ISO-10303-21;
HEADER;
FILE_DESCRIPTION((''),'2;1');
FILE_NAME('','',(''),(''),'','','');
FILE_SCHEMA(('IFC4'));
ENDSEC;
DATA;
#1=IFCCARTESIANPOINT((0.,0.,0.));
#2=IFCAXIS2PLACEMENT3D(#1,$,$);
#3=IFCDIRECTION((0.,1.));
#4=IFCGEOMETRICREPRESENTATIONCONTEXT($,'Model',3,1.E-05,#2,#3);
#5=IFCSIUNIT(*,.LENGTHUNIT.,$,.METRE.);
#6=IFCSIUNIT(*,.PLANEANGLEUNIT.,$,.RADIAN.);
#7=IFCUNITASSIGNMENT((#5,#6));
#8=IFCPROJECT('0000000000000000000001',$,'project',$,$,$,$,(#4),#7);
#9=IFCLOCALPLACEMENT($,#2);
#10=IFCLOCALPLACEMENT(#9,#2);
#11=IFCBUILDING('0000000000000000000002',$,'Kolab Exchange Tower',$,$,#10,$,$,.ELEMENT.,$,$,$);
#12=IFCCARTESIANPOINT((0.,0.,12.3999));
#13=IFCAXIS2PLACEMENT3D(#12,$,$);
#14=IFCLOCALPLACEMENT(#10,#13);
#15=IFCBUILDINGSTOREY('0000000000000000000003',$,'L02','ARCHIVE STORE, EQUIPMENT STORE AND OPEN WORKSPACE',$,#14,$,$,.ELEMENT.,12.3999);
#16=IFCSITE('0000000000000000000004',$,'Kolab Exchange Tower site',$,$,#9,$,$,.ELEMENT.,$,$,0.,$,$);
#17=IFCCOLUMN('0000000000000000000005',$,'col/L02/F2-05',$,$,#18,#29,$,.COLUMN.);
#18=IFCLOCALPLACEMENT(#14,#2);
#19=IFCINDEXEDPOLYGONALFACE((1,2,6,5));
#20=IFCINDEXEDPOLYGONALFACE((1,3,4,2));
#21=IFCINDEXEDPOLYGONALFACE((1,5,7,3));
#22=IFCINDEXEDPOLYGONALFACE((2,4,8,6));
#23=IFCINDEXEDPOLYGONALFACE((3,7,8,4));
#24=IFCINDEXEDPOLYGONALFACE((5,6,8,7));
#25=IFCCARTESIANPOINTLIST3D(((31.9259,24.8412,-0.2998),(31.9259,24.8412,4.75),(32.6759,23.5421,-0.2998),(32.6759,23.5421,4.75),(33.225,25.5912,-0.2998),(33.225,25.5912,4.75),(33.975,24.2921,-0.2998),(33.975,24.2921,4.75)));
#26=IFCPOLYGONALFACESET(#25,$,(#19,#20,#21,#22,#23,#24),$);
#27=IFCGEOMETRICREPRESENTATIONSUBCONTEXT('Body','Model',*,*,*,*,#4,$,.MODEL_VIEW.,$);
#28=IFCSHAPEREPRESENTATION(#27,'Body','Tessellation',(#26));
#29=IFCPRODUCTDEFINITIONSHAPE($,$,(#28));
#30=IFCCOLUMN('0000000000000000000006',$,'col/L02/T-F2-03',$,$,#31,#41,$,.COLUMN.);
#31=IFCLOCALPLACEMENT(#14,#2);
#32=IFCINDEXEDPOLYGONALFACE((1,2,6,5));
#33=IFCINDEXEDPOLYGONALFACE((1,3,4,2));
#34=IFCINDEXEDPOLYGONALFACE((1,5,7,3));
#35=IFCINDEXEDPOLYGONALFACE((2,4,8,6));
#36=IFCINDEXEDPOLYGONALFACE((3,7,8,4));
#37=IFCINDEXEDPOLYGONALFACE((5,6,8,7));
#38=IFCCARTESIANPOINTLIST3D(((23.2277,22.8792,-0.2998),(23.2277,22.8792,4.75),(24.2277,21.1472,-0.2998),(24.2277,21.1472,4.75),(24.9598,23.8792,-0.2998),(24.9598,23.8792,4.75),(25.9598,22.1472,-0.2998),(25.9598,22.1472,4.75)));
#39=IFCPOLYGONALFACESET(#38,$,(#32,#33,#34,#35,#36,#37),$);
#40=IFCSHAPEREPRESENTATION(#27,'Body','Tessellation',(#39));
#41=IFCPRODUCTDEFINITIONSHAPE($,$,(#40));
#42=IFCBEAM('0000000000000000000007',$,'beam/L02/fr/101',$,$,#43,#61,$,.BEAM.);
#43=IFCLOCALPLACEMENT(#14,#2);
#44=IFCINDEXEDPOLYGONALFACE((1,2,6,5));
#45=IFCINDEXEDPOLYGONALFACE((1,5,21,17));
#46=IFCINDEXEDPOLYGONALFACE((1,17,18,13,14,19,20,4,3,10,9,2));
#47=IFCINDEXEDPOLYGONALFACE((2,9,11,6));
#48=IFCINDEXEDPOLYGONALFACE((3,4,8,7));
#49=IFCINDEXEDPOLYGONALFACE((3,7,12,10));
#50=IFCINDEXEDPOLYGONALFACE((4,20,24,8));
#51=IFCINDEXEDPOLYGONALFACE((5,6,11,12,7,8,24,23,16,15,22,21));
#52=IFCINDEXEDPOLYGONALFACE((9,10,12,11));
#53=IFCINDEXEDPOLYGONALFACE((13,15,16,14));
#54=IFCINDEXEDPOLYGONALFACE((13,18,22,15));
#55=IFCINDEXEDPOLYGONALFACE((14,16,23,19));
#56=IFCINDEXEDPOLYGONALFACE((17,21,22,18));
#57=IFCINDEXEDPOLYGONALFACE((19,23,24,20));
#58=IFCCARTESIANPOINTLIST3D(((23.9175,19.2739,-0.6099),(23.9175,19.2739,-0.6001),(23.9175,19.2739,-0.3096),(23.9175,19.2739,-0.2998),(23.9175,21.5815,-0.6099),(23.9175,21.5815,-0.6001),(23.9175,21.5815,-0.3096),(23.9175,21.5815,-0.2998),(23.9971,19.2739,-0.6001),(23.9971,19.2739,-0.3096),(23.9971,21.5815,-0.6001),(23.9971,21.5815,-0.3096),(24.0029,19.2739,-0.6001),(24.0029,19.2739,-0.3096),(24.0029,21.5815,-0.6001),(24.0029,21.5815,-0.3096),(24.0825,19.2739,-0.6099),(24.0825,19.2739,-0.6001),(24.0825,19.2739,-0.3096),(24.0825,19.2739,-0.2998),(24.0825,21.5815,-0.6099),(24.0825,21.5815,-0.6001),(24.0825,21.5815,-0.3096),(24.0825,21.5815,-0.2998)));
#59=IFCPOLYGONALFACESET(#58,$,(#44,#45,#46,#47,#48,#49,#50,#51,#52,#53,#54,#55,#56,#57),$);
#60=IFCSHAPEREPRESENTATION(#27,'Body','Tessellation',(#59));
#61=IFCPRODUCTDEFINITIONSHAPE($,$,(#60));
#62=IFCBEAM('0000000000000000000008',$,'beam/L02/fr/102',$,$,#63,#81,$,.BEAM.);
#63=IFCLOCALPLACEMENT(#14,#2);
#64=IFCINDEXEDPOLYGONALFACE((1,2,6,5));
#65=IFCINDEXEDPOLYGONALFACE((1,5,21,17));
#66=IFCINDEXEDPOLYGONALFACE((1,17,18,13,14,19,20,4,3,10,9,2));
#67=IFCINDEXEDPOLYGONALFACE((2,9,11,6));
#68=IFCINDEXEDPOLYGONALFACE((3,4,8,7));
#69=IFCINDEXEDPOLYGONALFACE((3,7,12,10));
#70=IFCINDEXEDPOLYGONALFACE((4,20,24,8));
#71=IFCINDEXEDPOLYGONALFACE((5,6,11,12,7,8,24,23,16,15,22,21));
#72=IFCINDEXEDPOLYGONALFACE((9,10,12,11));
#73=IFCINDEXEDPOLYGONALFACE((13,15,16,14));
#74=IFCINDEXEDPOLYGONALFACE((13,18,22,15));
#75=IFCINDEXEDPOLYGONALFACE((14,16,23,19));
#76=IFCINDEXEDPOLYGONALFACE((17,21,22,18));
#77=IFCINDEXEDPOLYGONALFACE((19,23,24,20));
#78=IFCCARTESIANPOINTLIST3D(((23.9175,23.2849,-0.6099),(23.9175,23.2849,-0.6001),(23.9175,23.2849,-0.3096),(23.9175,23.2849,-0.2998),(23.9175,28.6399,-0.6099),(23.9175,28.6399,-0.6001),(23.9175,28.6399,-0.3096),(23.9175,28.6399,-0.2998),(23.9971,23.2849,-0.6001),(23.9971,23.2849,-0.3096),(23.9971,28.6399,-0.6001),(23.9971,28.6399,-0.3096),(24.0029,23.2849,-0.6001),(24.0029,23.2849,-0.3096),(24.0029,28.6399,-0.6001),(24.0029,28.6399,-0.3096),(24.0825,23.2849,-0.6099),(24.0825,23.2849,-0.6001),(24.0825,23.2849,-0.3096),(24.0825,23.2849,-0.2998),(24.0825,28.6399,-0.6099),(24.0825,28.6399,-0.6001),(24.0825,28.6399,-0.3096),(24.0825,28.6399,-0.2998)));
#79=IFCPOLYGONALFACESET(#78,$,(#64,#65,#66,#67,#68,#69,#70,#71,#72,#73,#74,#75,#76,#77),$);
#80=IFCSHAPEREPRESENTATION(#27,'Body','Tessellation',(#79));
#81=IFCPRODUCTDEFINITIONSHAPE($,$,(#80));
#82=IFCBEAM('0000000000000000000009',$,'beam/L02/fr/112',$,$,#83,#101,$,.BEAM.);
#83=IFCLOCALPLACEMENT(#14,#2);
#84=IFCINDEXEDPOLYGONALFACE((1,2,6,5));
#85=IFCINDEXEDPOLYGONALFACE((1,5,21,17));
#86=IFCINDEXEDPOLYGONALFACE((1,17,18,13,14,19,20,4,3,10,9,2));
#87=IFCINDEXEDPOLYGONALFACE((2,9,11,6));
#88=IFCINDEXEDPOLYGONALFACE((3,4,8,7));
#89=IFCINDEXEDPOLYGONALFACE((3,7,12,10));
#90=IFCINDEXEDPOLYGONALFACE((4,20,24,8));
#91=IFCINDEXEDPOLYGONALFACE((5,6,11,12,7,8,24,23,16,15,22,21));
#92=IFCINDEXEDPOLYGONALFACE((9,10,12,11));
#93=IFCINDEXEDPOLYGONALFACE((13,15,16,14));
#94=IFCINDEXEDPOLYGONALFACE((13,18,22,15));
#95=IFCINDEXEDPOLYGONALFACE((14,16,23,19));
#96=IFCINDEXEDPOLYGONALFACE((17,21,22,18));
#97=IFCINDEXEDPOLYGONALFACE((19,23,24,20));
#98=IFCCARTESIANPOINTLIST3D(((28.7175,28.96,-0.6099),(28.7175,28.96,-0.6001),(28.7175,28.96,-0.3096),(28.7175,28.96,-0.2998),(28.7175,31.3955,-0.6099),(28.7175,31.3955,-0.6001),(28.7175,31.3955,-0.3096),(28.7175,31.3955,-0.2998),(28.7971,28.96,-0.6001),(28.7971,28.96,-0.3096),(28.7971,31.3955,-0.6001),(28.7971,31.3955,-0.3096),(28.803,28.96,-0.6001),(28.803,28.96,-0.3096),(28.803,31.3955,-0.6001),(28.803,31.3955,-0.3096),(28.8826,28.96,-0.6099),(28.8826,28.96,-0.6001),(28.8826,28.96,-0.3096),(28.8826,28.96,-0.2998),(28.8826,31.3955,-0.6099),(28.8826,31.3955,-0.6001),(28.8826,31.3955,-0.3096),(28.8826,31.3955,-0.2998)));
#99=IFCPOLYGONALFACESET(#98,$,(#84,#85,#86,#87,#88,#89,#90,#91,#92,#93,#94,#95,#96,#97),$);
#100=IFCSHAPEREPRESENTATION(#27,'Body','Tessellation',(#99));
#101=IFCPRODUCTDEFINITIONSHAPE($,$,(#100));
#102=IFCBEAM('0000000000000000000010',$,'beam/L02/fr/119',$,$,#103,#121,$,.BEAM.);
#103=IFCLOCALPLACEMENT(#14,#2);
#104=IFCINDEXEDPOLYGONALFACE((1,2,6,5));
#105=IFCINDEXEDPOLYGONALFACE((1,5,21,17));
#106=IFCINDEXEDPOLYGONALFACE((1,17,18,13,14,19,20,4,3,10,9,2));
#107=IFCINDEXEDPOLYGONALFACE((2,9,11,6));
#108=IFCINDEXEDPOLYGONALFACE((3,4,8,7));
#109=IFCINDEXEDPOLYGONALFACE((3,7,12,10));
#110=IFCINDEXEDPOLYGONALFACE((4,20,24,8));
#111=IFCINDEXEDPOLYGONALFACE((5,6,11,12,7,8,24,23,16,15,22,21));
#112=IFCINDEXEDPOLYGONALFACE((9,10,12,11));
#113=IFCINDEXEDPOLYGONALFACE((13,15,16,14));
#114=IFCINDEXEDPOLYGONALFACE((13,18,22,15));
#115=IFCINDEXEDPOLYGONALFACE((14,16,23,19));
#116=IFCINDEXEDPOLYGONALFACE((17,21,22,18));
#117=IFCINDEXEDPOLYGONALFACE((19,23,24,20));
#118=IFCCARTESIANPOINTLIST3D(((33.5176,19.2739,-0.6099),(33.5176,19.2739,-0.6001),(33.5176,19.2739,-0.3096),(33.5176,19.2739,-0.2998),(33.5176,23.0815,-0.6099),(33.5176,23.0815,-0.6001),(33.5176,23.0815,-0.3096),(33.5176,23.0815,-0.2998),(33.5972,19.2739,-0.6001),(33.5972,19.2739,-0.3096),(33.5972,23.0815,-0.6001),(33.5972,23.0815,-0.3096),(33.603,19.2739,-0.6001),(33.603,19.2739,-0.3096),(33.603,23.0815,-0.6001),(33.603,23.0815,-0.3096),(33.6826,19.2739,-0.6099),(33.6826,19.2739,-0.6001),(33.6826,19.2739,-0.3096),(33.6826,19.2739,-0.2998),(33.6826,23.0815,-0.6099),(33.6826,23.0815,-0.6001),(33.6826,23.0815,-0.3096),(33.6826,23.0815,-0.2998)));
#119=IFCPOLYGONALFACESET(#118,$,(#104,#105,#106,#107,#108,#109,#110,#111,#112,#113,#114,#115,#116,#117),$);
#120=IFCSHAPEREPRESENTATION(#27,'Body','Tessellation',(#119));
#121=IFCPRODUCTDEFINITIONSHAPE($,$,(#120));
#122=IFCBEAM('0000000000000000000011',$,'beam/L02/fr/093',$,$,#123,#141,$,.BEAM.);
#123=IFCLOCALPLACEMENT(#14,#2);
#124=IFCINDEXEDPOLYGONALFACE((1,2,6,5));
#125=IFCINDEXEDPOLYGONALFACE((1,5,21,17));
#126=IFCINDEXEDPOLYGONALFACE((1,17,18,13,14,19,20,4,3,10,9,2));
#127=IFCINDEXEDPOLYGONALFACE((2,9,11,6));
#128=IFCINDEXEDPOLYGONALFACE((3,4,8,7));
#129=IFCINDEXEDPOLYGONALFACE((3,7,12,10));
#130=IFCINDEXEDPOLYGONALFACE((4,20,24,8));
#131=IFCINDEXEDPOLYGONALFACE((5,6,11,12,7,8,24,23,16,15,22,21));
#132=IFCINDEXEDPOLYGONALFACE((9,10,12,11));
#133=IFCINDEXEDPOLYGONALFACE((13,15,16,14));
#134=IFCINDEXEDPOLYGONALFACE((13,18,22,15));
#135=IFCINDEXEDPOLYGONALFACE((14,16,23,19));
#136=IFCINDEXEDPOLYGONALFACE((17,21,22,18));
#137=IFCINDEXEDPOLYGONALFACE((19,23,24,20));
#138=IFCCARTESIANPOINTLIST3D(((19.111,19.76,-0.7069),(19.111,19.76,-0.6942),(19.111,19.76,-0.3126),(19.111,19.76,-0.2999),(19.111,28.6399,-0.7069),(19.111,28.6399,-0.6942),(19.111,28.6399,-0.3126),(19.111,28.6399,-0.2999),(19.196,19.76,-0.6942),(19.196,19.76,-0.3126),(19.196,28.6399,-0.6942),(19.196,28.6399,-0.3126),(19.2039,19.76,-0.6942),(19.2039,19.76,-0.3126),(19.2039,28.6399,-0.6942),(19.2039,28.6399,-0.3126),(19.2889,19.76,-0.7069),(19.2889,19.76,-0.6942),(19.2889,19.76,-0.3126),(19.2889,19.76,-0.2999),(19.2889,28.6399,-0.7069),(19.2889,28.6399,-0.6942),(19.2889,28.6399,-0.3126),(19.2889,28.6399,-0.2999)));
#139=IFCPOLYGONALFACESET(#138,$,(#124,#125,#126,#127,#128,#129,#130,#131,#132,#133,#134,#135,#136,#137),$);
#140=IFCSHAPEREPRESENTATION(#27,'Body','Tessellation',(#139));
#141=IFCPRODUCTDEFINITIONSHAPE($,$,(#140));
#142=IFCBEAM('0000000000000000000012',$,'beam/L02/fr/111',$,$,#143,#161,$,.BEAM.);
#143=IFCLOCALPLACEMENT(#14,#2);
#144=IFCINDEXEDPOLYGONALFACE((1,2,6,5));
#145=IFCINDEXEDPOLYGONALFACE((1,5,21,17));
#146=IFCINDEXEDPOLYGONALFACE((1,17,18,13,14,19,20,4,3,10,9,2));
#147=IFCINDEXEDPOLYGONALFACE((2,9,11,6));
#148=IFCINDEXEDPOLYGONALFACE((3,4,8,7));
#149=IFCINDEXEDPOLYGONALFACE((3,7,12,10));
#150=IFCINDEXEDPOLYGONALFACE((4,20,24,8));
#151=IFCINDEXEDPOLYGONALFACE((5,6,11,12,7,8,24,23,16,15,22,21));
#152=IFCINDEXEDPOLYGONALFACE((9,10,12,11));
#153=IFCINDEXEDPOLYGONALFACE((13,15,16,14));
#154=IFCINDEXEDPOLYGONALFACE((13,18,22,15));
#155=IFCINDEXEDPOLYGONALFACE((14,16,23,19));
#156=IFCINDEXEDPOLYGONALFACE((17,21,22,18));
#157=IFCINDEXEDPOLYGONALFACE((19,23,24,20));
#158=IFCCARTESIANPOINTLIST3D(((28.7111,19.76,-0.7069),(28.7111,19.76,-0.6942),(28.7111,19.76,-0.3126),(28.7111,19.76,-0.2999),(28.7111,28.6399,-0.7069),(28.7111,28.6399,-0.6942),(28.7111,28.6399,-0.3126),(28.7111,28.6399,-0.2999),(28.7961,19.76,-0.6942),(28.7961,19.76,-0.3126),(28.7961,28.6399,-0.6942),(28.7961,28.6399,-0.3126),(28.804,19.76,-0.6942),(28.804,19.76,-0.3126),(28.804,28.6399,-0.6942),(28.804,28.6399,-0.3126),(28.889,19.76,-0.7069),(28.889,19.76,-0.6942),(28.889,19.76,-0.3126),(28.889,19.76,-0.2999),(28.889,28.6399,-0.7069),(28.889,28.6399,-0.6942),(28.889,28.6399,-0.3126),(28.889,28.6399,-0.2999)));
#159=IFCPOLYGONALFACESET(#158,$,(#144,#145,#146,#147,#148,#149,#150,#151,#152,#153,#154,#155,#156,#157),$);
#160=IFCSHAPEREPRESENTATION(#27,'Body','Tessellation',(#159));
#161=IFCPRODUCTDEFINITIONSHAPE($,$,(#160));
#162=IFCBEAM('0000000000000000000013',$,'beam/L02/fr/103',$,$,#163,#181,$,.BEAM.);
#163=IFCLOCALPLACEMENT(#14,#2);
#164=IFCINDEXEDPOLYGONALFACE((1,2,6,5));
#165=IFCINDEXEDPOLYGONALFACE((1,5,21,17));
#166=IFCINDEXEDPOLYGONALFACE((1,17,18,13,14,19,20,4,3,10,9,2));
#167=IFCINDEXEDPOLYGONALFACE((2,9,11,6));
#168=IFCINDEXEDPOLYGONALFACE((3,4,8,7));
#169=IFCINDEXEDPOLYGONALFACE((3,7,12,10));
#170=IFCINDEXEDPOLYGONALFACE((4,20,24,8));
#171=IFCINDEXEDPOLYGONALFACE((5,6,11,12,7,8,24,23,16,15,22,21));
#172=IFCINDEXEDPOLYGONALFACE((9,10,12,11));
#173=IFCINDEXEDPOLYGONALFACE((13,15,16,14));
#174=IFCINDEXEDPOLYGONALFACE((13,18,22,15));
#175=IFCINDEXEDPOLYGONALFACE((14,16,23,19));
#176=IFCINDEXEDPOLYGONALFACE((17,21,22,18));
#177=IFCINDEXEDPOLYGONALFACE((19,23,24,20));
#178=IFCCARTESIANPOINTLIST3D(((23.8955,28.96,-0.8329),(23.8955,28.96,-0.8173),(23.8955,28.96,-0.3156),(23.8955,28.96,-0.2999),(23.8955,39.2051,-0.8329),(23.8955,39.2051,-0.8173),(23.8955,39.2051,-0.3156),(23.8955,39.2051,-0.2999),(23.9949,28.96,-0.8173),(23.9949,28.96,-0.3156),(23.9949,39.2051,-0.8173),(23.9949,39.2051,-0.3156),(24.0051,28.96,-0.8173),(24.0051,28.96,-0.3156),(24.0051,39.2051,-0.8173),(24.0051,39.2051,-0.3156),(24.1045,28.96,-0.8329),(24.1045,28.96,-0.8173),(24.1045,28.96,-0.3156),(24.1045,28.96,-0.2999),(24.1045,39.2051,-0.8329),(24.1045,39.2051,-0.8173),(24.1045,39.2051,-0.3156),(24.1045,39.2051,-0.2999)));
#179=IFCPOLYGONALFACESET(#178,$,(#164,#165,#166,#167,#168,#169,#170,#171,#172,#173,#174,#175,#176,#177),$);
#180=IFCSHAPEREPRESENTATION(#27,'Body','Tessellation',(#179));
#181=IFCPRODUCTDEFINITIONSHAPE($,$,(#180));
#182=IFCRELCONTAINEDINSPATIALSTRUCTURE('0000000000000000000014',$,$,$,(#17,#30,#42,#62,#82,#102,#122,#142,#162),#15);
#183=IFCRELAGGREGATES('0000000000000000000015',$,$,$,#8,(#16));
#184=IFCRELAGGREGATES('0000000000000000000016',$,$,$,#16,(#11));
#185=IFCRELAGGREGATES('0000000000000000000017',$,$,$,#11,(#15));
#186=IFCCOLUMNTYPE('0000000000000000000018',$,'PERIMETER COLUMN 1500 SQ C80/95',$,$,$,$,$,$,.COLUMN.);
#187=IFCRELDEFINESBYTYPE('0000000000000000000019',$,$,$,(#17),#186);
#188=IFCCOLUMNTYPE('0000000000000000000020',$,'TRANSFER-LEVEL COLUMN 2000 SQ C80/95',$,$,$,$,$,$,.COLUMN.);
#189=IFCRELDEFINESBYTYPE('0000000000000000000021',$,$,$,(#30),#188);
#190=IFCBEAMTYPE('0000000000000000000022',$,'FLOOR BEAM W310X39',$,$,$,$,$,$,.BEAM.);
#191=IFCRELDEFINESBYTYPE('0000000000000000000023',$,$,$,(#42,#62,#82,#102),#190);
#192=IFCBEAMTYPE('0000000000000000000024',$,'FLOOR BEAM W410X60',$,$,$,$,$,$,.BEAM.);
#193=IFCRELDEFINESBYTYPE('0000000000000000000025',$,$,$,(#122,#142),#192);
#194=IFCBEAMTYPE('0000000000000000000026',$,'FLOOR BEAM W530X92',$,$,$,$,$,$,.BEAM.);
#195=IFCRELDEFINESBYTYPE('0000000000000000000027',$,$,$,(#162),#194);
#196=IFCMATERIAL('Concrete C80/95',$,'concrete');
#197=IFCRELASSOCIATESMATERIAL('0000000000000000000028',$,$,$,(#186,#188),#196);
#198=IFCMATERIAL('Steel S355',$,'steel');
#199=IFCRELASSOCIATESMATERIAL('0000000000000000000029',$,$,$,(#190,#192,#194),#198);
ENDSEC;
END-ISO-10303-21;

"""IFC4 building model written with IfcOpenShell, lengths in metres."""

from ifc_helpers import new_model, si_unit, direction, frame, origin, origin_2d, place, context, subcontext, project, spatial, rectangle, i_section, extrude, material, material_profile, profile_set, type_object, element, save


model = new_model("IFC4")

# Units and contexts
model_context = context("Model", 3, precision=1e-05, world=origin(), true_north=direction((0.0, 1.0)))
body_context = subcontext(model_context, "Body", "Model", "MODEL_VIEW")
ifc_project = project(units=[si_unit("LENGTHUNIT", "METRE"), si_unit("PLANEANGLEUNIT", "RADIAN")], contexts=[model_context])

# Site, building, storey
site_placement = place(None, origin())
site = spatial("IfcSite", under=ifc_project, at=site_placement, Name="Kolab Exchange Tower site", CompositionType="ELEMENT", RefElevation=0.0)
building_placement = place(site_placement, origin())
building = spatial("IfcBuilding", under=site, at=building_placement, Name="Kolab Exchange Tower", CompositionType="ELEMENT")
storey_placement = place(building_placement, frame((0.0, 0.0, 12.3999)))
storey = spatial("IfcBuildingStorey", under=building, at=storey_placement, Name="L02", Description="ARCHIVE STORE, EQUIPMENT STORE AND OPEN WORKSPACE", CompositionType="ELEMENT", Elevation=12.3999)

# Columns
ifc_material_1 = material(Name="Concrete C80/95", Category="concrete")
ifc_material_profile_1 = material_profile(ifc_material_1, rectangle(XDim=1.5, YDim=1.5, at=origin_2d()), Name="RC1500")
ifc_profile_set_1 = profile_set([ifc_material_profile_1], Name="Concrete C80/95")
column_type_1 = type_object("IfcColumnType", Name="PERIMETER COLUMN 1500 SQ C80/95", PredefinedType="COLUMN", material=ifc_profile_set_1)
column_1_placement = place(storey_placement, frame((32.9504, 24.5667, -0.2998), z_axis=(0.0, 0.0, 1.0), x_axis=(0.866025, 0.5, 0.0)))
element("IfcColumn", 1, at=column_1_placement, inside=storey, type_object=column_type_1, Name="col/L02/F2-05", PredefinedType="COLUMN", context=body_context, shape_type="SweptSolid", body=[
    extrude(rectangle(XDim=1.5, YDim=1.5, at=origin_2d()), origin(), (0.0, 0.0, 1.0), 5.0498),
])
ifc_material_profile_2 = material_profile(ifc_material_1, rectangle(XDim=2.0, YDim=2.0, at=origin_2d()), Name="RC2000")
ifc_profile_set_2 = profile_set([ifc_material_profile_2], Name="Concrete C80/95")
column_type_2 = type_object("IfcColumnType", Name="TRANSFER-LEVEL COLUMN 2000 SQ C80/95", PredefinedType="COLUMN", material=ifc_profile_set_2)
column_2_placement = place(storey_placement, frame((24.5938, 22.5132, -0.2998), z_axis=(0.0, 0.0, 1.0), x_axis=(0.866025, 0.5, 0.0)))
element("IfcColumn", 2, at=column_2_placement, inside=storey, type_object=column_type_2, Name="col/L02/T-F2-03", PredefinedType="COLUMN", context=body_context, shape_type="SweptSolid", body=[
    extrude(rectangle(XDim=2.0, YDim=2.0, at=origin_2d()), origin(), (0.0, 0.0, 1.0), 5.0498),
])

# Beams
ifc_material_2 = material(Name="Steel S355", Category="steel")
ifc_material_profile_3 = material_profile(ifc_material_2, i_section(OverallWidth=0.165, OverallDepth=0.3101, WebThickness=0.0059, FlangeThickness=0.0098, at=origin_2d()), Name="W310X39")
ifc_profile_set_3 = profile_set([ifc_material_profile_3], Name="Steel S355")
beam_type_1 = type_object("IfcBeamType", Name="FLOOR BEAM W310X39", PredefinedType="BEAM", material=ifc_profile_set_3)
beam_1_placement = place(storey_placement, frame((24.0, 19.2739, -0.4548), z_axis=(0.0, 1.0, 0.0), x_axis=(-1.0, 0.0, 0.0)))
element("IfcBeam", 3, at=beam_1_placement, inside=storey, type_object=beam_type_1, Name="beam/L02/fr/101", PredefinedType="BEAM", context=body_context, shape_type="SweptSolid", body=[
    extrude(i_section(OverallWidth=0.165, OverallDepth=0.3101, WebThickness=0.0059, FlangeThickness=0.0098, at=origin_2d()), origin(), (0.0, 0.0, 1.0), 2.3076),
])
beam_2_placement = place(storey_placement, frame((24.0, 23.2849, -0.4548), z_axis=(0.0, 1.0, 0.0), x_axis=(-1.0, 0.0, 0.0)))
element("IfcBeam", 4, at=beam_2_placement, inside=storey, type_object=beam_type_1, Name="beam/L02/fr/102", PredefinedType="BEAM", context=body_context, shape_type="SweptSolid", body=[
    extrude(i_section(OverallWidth=0.165, OverallDepth=0.3101, WebThickness=0.0059, FlangeThickness=0.0098, at=origin_2d()), origin(), (0.0, 0.0, 1.0), 5.355),
])
beam_3_placement = place(storey_placement, frame((28.8, 28.96, -0.4548), z_axis=(0.0, 1.0, 0.0), x_axis=(-1.0, 0.0, 0.0)))
element("IfcBeam", 5, at=beam_3_placement, inside=storey, type_object=beam_type_1, Name="beam/L02/fr/112", PredefinedType="BEAM", context=body_context, shape_type="SweptSolid", body=[
    extrude(i_section(OverallWidth=0.165, OverallDepth=0.3101, WebThickness=0.0059, FlangeThickness=0.0098, at=origin_2d()), origin(), (0.0, 0.0, 1.0), 2.4355),
])
beam_4_placement = place(storey_placement, frame((33.6001, 19.2739, -0.4548), z_axis=(0.0, 1.0, 0.0), x_axis=(-1.0, 0.0, 0.0)))
element("IfcBeam", 6, at=beam_4_placement, inside=storey, type_object=beam_type_1, Name="beam/L02/fr/119", PredefinedType="BEAM", context=body_context, shape_type="SweptSolid", body=[
    extrude(i_section(OverallWidth=0.165, OverallDepth=0.3101, WebThickness=0.0059, FlangeThickness=0.0098, at=origin_2d()), origin(), (0.0, 0.0, 1.0), 3.8076),
])
ifc_material_profile_4 = material_profile(ifc_material_2, i_section(OverallWidth=0.178, OverallDepth=0.407, WebThickness=0.0078, FlangeThickness=0.0127, at=origin_2d()), Name="W410X60")
ifc_profile_set_4 = profile_set([ifc_material_profile_4], Name="Steel S355")
beam_type_2 = type_object("IfcBeamType", Name="FLOOR BEAM W410X60", PredefinedType="BEAM", material=ifc_profile_set_4)
for number, where, z_axis, x_axis, name in (
    (7, (19.2, 19.76, -0.5034), (0.0, 1.0, 0.0), (-1.0, 0.0, 0.0), "beam/L02/fr/093"),
    (8, (28.8, 19.76, -0.5034), (0.0, 1.0, 0.0), (-1.0, 0.0, 0.0), "beam/L02/fr/111"),
):
    element("IfcBeam", number, at=place(storey_placement, frame(where, z_axis=z_axis, x_axis=x_axis)), inside=storey, type_object=beam_type_2, Name=name, PredefinedType="BEAM", context=body_context, shape_type="SweptSolid", body=[
        extrude(i_section(OverallWidth=0.178, OverallDepth=0.407, WebThickness=0.0078, FlangeThickness=0.0127, at=origin_2d()), origin(), (0.0, 0.0, 1.0), 8.8799),
    ])
ifc_material_profile_5 = material_profile(ifc_material_2, i_section(OverallWidth=0.209, OverallDepth=0.533, WebThickness=0.0103, FlangeThickness=0.0156, at=origin_2d()), Name="W530X92")
ifc_profile_set_5 = profile_set([ifc_material_profile_5], Name="Steel S355")
beam_type_3 = type_object("IfcBeamType", Name="FLOOR BEAM W530X92", PredefinedType="BEAM", material=ifc_profile_set_5)
beam_5_placement = place(storey_placement, frame((24.0, 28.96, -0.5664), z_axis=(0.0, 1.0, 0.0), x_axis=(-1.0, 0.0, 0.0)))
element("IfcBeam", 9, at=beam_5_placement, inside=storey, type_object=beam_type_3, Name="beam/L02/fr/103", PredefinedType="BEAM", context=body_context, shape_type="SweptSolid", body=[
    extrude(i_section(OverallWidth=0.209, OverallDepth=0.533, WebThickness=0.0103, FlangeThickness=0.0156, at=origin_2d()), origin(), (0.0, 0.0, 1.0), 10.2451),
])

save(model, "model.ifc")
